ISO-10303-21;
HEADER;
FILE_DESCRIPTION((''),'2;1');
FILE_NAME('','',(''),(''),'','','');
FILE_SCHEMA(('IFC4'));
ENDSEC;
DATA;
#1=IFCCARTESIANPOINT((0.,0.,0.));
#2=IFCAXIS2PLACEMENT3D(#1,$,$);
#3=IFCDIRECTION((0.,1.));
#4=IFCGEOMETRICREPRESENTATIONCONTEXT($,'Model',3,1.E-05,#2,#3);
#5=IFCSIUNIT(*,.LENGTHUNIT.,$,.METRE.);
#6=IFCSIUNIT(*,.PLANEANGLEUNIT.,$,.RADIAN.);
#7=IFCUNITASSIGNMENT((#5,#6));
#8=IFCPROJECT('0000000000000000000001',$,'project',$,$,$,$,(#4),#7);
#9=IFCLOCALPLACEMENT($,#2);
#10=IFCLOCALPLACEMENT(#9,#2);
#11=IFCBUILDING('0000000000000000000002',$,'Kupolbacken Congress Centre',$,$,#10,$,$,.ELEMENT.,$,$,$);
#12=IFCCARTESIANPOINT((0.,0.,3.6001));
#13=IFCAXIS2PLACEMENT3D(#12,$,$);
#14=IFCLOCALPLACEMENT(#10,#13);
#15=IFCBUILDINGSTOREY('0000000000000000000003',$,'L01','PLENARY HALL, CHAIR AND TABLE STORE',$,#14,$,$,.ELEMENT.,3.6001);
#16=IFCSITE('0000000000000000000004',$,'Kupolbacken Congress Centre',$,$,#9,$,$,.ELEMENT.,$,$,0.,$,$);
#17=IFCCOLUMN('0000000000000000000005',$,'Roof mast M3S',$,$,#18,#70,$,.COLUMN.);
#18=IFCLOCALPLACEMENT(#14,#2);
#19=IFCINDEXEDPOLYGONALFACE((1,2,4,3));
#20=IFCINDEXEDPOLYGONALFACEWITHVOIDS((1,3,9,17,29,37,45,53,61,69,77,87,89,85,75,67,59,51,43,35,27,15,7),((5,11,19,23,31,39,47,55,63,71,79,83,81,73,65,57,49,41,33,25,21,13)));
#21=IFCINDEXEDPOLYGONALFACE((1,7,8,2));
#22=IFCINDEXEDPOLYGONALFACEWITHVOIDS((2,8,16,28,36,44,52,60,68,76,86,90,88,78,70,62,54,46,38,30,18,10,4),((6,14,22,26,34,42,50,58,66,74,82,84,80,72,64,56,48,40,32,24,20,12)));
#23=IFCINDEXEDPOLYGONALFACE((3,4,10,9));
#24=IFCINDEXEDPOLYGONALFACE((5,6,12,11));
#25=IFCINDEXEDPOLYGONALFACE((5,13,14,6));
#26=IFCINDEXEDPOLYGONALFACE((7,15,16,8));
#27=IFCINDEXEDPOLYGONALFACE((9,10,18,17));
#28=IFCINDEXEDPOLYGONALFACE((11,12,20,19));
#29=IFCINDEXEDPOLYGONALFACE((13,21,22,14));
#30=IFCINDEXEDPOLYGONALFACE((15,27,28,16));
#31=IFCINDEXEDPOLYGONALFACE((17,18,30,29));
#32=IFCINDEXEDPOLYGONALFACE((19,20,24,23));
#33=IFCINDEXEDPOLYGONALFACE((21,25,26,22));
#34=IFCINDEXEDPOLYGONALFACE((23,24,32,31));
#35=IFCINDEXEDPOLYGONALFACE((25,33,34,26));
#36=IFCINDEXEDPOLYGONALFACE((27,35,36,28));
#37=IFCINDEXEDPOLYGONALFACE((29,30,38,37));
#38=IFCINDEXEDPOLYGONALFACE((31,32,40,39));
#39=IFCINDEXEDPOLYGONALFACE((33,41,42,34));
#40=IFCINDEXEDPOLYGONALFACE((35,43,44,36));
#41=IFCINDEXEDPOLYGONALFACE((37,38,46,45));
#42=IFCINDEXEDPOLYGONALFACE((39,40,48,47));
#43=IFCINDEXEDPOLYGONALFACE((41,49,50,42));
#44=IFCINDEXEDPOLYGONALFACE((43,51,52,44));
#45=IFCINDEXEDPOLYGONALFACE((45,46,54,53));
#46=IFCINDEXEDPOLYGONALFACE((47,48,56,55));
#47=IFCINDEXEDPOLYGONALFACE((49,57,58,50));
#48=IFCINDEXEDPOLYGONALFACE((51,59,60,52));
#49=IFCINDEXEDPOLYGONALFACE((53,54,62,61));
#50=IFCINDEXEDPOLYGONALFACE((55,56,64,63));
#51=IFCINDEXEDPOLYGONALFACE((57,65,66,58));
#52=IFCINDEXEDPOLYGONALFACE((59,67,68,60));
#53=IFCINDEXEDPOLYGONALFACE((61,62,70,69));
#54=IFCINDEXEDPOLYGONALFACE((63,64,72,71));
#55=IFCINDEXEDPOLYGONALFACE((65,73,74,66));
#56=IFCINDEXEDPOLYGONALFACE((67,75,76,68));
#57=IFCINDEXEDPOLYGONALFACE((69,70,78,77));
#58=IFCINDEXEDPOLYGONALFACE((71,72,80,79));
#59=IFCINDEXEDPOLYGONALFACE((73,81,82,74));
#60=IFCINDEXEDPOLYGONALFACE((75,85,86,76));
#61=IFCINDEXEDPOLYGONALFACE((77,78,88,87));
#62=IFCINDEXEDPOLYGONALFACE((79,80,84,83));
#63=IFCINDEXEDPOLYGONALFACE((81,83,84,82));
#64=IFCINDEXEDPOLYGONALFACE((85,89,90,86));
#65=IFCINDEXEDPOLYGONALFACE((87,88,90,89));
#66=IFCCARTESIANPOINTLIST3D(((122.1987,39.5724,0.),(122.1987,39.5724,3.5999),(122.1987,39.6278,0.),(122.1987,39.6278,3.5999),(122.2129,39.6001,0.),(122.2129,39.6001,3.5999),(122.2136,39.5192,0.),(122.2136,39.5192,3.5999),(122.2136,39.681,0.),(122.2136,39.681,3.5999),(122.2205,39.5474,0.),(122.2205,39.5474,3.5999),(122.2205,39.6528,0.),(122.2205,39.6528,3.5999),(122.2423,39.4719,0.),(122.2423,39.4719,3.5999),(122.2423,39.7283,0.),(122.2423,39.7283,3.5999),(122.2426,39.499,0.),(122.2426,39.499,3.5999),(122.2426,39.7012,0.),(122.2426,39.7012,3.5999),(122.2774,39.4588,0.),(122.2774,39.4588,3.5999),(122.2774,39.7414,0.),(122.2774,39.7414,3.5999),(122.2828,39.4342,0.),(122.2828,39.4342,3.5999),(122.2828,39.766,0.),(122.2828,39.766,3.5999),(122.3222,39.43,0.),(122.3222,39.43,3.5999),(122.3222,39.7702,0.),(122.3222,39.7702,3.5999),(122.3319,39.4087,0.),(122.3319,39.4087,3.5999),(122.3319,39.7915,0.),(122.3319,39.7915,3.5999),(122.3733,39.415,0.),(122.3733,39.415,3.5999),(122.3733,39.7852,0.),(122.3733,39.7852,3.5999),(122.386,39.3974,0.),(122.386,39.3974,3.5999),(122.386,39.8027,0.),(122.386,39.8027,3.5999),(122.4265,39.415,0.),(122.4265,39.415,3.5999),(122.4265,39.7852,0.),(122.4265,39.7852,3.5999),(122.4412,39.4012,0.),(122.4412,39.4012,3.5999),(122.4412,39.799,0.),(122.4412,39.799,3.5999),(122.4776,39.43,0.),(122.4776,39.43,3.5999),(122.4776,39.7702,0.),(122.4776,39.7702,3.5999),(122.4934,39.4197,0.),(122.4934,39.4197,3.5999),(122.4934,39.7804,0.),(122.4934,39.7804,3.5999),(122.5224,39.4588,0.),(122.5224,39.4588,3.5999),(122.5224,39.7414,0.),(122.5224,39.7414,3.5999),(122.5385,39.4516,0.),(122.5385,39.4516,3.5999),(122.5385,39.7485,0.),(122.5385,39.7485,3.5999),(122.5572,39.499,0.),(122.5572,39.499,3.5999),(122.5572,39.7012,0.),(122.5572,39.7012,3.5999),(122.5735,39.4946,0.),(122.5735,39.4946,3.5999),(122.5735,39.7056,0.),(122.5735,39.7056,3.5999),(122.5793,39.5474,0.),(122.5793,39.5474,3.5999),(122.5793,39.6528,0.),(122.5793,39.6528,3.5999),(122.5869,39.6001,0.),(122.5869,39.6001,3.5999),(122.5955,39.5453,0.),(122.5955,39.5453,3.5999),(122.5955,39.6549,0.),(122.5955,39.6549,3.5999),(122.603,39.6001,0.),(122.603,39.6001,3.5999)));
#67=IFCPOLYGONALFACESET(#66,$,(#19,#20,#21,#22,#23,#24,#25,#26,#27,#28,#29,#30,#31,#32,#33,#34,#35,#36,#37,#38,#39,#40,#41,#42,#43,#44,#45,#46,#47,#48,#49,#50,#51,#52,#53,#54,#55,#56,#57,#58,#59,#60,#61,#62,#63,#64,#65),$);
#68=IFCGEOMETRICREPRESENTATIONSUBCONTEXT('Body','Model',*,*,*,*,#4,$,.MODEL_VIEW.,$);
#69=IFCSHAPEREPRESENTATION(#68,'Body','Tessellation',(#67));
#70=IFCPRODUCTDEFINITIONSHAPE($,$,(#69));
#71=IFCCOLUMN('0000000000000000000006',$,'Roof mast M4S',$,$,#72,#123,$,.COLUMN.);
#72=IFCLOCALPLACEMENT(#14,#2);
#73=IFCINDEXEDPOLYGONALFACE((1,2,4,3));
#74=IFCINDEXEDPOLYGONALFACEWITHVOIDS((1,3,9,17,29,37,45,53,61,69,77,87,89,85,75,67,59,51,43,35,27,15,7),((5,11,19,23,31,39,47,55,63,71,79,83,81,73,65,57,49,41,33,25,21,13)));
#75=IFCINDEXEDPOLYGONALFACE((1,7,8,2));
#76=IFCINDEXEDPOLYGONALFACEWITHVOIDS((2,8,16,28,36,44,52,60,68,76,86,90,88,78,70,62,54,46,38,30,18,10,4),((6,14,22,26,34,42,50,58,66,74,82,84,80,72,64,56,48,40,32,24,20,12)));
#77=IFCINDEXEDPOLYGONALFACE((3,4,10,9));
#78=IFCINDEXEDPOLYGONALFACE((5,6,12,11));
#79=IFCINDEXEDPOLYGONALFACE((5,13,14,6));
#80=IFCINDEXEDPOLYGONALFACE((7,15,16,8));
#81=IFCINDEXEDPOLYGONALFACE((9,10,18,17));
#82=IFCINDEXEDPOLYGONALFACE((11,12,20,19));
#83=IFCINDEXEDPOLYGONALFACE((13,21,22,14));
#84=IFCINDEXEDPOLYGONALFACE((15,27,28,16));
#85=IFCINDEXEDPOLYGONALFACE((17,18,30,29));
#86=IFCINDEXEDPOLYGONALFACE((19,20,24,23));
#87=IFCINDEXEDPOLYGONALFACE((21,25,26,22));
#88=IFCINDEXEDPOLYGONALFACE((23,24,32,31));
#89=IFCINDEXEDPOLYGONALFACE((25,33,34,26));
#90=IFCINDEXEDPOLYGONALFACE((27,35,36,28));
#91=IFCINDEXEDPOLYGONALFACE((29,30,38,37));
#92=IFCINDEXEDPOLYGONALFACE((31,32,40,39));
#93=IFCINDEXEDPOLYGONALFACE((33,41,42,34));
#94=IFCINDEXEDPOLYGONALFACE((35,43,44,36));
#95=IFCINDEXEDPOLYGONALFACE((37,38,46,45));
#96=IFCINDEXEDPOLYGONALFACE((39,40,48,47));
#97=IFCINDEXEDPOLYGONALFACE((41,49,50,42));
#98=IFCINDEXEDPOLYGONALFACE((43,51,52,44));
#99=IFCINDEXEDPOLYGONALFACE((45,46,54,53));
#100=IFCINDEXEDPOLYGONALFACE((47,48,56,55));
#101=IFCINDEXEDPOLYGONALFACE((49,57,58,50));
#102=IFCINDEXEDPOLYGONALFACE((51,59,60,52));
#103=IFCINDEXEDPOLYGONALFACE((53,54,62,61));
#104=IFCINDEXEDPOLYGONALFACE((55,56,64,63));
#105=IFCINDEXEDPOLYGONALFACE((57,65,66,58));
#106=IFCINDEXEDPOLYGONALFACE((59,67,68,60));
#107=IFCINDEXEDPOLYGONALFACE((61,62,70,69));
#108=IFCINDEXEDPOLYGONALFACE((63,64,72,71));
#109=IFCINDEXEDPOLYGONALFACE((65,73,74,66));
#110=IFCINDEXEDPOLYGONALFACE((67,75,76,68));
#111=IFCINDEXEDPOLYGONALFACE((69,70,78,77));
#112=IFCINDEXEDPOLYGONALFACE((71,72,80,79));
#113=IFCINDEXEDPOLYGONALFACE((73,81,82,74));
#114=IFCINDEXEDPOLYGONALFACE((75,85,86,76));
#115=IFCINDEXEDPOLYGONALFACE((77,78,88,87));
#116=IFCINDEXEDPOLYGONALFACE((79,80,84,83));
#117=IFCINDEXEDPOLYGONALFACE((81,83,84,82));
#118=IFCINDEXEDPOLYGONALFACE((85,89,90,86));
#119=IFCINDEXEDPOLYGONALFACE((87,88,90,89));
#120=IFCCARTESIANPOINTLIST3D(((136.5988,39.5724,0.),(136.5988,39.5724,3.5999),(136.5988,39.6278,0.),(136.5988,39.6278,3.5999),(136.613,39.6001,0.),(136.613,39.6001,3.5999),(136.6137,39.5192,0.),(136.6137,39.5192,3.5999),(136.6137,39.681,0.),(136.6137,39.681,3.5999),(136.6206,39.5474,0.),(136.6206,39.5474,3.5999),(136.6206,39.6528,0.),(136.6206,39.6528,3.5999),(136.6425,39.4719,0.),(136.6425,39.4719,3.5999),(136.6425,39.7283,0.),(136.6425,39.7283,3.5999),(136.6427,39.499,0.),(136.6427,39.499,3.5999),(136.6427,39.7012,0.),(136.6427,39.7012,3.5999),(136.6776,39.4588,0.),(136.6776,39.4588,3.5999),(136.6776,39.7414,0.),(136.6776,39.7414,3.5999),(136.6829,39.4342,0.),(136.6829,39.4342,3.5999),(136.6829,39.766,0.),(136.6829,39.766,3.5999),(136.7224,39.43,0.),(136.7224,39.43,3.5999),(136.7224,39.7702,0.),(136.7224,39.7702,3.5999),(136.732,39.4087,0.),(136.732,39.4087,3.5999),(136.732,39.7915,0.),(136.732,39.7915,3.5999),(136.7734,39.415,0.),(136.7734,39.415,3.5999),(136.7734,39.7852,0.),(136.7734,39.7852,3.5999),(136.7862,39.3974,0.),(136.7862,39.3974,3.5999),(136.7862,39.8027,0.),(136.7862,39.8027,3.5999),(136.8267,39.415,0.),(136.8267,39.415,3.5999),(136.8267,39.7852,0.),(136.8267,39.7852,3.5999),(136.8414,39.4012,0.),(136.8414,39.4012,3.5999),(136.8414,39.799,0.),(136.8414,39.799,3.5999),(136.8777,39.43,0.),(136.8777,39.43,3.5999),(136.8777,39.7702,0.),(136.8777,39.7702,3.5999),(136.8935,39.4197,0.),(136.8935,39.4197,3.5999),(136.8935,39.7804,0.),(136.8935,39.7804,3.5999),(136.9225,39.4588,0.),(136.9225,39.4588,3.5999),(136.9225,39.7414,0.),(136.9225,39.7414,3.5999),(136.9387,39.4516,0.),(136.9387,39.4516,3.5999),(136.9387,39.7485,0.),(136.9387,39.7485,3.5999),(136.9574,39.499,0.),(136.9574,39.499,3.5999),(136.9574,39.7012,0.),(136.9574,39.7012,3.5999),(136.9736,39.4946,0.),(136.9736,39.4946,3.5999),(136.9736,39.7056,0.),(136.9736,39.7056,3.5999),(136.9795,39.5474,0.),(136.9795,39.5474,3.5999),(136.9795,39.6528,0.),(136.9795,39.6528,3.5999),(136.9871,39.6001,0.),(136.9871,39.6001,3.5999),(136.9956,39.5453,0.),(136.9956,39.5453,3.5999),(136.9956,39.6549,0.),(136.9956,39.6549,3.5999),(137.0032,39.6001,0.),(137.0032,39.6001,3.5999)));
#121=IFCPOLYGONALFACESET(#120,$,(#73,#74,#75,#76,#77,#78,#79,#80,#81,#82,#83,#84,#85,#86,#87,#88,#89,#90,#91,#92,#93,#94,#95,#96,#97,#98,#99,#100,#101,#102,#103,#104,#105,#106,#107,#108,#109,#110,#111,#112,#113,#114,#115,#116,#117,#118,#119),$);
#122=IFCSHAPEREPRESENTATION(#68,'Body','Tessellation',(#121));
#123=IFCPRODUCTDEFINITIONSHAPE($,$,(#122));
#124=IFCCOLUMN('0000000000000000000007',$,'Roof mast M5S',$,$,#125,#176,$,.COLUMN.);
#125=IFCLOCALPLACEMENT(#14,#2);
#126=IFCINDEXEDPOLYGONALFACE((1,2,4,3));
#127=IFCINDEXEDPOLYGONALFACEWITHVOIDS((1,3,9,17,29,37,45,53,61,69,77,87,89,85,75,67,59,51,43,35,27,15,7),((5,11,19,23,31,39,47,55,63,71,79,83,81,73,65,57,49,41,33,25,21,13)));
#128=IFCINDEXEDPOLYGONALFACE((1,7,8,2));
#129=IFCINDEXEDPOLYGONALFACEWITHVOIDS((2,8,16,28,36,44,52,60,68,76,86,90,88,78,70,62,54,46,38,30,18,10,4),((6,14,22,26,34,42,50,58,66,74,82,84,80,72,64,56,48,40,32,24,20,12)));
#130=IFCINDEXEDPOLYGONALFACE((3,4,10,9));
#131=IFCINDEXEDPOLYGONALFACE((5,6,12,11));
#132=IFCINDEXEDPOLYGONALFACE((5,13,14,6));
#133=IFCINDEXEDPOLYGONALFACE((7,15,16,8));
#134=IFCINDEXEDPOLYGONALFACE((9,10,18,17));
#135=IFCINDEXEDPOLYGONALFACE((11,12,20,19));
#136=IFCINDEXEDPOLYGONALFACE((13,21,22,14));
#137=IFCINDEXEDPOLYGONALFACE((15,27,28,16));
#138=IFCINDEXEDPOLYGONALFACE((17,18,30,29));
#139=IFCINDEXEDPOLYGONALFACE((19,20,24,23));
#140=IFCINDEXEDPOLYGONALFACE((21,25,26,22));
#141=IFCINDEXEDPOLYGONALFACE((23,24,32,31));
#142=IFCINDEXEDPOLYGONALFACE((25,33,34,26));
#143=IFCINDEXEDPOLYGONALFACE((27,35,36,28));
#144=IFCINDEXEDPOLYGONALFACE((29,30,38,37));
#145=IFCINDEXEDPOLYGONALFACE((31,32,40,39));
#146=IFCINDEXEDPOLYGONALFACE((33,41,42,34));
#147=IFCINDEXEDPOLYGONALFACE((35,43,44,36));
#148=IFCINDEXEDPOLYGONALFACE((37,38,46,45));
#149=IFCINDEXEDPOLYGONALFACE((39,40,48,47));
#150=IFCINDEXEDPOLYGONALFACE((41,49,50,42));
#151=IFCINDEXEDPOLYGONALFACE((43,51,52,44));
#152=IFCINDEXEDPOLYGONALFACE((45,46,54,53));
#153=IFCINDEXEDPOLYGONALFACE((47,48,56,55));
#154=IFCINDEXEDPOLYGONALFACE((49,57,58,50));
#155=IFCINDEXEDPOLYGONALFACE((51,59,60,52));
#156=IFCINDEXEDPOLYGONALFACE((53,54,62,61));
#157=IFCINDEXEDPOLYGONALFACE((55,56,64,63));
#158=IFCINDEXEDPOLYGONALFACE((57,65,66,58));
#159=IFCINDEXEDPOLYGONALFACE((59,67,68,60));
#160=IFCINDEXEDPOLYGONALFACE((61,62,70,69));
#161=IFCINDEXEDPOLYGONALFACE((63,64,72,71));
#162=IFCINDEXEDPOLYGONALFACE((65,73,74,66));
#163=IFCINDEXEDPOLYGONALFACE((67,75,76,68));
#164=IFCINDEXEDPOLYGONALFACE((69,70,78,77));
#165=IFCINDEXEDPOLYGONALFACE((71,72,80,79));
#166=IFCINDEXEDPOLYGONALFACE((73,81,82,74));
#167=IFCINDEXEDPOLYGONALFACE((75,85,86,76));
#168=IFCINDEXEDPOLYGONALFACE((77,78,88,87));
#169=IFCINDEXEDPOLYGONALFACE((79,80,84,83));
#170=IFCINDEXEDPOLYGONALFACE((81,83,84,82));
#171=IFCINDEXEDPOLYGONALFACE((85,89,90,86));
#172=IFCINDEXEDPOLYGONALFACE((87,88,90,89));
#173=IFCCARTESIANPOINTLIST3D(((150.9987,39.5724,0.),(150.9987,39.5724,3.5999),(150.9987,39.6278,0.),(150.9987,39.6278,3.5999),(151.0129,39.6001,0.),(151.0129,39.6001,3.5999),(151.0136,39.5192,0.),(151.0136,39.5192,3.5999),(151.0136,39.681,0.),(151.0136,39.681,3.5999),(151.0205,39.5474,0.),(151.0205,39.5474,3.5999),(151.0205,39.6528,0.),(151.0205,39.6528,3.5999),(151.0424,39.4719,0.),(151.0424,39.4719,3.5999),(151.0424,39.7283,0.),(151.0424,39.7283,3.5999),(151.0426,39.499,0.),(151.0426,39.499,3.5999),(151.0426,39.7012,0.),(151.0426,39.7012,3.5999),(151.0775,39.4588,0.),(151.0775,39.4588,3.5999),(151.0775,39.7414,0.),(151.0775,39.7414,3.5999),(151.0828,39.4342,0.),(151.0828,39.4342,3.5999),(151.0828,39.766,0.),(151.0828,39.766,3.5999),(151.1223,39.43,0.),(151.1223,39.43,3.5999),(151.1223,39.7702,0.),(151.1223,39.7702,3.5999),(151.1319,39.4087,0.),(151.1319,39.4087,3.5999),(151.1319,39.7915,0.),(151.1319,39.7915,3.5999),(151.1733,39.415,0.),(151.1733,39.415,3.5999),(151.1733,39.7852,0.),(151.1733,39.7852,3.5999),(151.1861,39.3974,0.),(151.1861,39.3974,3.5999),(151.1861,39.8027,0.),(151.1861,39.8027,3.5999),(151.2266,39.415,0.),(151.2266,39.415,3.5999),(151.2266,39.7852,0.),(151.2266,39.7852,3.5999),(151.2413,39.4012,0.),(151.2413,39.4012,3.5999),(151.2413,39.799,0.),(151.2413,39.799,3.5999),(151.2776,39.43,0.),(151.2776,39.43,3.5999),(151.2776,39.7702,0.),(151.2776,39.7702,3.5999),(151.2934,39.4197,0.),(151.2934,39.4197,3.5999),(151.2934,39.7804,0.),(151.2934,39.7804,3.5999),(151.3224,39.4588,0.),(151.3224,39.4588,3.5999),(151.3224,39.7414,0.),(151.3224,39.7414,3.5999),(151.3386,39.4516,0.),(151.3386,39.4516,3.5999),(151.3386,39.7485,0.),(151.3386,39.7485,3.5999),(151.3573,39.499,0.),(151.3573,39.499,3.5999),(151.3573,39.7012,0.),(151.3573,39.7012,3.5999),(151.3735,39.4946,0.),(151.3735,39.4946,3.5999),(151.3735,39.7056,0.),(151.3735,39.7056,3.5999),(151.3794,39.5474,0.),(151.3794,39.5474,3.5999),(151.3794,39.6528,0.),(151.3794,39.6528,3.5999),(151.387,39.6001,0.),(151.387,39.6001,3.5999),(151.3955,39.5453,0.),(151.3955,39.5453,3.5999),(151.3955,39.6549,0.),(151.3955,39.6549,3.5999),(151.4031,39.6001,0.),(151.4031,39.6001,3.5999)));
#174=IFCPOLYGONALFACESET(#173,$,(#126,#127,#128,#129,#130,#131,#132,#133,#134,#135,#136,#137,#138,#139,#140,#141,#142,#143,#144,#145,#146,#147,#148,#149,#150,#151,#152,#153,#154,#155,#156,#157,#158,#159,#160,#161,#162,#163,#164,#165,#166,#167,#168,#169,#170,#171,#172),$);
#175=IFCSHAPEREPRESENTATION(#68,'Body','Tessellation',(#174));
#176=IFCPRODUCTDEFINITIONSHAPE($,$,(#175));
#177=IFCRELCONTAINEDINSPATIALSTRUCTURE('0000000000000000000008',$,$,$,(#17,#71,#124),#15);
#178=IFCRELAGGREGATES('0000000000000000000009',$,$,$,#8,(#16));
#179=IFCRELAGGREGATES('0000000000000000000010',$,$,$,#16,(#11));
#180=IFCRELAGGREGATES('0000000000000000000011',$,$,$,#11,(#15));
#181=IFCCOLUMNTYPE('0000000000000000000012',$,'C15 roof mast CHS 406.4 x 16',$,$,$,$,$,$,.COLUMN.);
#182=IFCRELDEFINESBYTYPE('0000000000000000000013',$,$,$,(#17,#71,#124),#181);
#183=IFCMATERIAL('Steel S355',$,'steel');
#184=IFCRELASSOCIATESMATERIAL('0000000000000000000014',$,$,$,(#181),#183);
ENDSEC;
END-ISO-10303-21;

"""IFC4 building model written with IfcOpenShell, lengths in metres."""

from ifc_helpers import new_model, si_unit, direction, frame, origin, origin_2d, place, context, subcontext, project, spatial, hollow_circle, extrude, material, material_profile, profile_set, type_object, element, save


model = new_model("IFC4")

# Units and contexts
model_context = context("Model", 3, precision=1e-05, world=origin(), true_north=direction((0.0, 1.0)))
body_context = subcontext(model_context, "Body", "Model", "MODEL_VIEW")
ifc_project = project(units=[si_unit("LENGTHUNIT", "METRE"), si_unit("PLANEANGLEUNIT", "RADIAN")], contexts=[model_context])

# Site, building, storey
site_placement = place(None, origin())
site = spatial("IfcSite", under=ifc_project, at=site_placement, Name="Kupolbacken Congress Centre", CompositionType="ELEMENT", RefElevation=0.0)
building_placement = place(site_placement, origin())
building = spatial("IfcBuilding", under=site, at=building_placement, Name="Kupolbacken Congress Centre", CompositionType="ELEMENT")
storey_placement = place(building_placement, frame((0.0, 0.0, 3.6001)))
storey = spatial("IfcBuildingStorey", under=building, at=storey_placement, Name="L01", Description="PLENARY HALL, CHAIR AND TABLE STORE", CompositionType="ELEMENT", Elevation=3.6001)

# Columns
ifc_material_1 = material(Name="Steel S355", Category="steel")
ifc_material_profile_1 = material_profile(ifc_material_1, hollow_circle(Radius=0.2031, WallThickness=0.0161, at=origin_2d()), Name="CHS 406.4 x 16")
ifc_profile_set_1 = profile_set([ifc_material_profile_1], Name="Steel S355")
column_type_1 = type_object("IfcColumnType", Name="C15 roof mast CHS 406.4 x 16", PredefinedType="COLUMN", material=ifc_profile_set_1)
for number, where, z_axis, x_axis, name in (
    (1, (122.3999, 39.6001, 0.0), (0.0, 0.0, 1.0), (1.0, 0.0, 0.0), "Roof mast M3S"),
    (2, (136.8, 39.6001, 0.0), (0.0, 0.0, 1.0), (1.0, 0.0, 0.0), "Roof mast M4S"),
    (3, (151.2, 39.6001, 0.0), (0.0, 0.0, 1.0), (1.0, 0.0, 0.0), "Roof mast M5S"),
):
    element("IfcColumn", number, at=place(storey_placement, frame(where, z_axis=z_axis, x_axis=x_axis)), inside=storey, type_object=column_type_1, Name=name, PredefinedType="COLUMN", context=body_context, shape_type="SweptSolid", body=[
        extrude(hollow_circle(Radius=0.2031, WallThickness=0.0161, at=origin_2d()), origin(), (0.0, 0.0, 1.0), 3.5999),
    ])

save(model, "model.ifc")
